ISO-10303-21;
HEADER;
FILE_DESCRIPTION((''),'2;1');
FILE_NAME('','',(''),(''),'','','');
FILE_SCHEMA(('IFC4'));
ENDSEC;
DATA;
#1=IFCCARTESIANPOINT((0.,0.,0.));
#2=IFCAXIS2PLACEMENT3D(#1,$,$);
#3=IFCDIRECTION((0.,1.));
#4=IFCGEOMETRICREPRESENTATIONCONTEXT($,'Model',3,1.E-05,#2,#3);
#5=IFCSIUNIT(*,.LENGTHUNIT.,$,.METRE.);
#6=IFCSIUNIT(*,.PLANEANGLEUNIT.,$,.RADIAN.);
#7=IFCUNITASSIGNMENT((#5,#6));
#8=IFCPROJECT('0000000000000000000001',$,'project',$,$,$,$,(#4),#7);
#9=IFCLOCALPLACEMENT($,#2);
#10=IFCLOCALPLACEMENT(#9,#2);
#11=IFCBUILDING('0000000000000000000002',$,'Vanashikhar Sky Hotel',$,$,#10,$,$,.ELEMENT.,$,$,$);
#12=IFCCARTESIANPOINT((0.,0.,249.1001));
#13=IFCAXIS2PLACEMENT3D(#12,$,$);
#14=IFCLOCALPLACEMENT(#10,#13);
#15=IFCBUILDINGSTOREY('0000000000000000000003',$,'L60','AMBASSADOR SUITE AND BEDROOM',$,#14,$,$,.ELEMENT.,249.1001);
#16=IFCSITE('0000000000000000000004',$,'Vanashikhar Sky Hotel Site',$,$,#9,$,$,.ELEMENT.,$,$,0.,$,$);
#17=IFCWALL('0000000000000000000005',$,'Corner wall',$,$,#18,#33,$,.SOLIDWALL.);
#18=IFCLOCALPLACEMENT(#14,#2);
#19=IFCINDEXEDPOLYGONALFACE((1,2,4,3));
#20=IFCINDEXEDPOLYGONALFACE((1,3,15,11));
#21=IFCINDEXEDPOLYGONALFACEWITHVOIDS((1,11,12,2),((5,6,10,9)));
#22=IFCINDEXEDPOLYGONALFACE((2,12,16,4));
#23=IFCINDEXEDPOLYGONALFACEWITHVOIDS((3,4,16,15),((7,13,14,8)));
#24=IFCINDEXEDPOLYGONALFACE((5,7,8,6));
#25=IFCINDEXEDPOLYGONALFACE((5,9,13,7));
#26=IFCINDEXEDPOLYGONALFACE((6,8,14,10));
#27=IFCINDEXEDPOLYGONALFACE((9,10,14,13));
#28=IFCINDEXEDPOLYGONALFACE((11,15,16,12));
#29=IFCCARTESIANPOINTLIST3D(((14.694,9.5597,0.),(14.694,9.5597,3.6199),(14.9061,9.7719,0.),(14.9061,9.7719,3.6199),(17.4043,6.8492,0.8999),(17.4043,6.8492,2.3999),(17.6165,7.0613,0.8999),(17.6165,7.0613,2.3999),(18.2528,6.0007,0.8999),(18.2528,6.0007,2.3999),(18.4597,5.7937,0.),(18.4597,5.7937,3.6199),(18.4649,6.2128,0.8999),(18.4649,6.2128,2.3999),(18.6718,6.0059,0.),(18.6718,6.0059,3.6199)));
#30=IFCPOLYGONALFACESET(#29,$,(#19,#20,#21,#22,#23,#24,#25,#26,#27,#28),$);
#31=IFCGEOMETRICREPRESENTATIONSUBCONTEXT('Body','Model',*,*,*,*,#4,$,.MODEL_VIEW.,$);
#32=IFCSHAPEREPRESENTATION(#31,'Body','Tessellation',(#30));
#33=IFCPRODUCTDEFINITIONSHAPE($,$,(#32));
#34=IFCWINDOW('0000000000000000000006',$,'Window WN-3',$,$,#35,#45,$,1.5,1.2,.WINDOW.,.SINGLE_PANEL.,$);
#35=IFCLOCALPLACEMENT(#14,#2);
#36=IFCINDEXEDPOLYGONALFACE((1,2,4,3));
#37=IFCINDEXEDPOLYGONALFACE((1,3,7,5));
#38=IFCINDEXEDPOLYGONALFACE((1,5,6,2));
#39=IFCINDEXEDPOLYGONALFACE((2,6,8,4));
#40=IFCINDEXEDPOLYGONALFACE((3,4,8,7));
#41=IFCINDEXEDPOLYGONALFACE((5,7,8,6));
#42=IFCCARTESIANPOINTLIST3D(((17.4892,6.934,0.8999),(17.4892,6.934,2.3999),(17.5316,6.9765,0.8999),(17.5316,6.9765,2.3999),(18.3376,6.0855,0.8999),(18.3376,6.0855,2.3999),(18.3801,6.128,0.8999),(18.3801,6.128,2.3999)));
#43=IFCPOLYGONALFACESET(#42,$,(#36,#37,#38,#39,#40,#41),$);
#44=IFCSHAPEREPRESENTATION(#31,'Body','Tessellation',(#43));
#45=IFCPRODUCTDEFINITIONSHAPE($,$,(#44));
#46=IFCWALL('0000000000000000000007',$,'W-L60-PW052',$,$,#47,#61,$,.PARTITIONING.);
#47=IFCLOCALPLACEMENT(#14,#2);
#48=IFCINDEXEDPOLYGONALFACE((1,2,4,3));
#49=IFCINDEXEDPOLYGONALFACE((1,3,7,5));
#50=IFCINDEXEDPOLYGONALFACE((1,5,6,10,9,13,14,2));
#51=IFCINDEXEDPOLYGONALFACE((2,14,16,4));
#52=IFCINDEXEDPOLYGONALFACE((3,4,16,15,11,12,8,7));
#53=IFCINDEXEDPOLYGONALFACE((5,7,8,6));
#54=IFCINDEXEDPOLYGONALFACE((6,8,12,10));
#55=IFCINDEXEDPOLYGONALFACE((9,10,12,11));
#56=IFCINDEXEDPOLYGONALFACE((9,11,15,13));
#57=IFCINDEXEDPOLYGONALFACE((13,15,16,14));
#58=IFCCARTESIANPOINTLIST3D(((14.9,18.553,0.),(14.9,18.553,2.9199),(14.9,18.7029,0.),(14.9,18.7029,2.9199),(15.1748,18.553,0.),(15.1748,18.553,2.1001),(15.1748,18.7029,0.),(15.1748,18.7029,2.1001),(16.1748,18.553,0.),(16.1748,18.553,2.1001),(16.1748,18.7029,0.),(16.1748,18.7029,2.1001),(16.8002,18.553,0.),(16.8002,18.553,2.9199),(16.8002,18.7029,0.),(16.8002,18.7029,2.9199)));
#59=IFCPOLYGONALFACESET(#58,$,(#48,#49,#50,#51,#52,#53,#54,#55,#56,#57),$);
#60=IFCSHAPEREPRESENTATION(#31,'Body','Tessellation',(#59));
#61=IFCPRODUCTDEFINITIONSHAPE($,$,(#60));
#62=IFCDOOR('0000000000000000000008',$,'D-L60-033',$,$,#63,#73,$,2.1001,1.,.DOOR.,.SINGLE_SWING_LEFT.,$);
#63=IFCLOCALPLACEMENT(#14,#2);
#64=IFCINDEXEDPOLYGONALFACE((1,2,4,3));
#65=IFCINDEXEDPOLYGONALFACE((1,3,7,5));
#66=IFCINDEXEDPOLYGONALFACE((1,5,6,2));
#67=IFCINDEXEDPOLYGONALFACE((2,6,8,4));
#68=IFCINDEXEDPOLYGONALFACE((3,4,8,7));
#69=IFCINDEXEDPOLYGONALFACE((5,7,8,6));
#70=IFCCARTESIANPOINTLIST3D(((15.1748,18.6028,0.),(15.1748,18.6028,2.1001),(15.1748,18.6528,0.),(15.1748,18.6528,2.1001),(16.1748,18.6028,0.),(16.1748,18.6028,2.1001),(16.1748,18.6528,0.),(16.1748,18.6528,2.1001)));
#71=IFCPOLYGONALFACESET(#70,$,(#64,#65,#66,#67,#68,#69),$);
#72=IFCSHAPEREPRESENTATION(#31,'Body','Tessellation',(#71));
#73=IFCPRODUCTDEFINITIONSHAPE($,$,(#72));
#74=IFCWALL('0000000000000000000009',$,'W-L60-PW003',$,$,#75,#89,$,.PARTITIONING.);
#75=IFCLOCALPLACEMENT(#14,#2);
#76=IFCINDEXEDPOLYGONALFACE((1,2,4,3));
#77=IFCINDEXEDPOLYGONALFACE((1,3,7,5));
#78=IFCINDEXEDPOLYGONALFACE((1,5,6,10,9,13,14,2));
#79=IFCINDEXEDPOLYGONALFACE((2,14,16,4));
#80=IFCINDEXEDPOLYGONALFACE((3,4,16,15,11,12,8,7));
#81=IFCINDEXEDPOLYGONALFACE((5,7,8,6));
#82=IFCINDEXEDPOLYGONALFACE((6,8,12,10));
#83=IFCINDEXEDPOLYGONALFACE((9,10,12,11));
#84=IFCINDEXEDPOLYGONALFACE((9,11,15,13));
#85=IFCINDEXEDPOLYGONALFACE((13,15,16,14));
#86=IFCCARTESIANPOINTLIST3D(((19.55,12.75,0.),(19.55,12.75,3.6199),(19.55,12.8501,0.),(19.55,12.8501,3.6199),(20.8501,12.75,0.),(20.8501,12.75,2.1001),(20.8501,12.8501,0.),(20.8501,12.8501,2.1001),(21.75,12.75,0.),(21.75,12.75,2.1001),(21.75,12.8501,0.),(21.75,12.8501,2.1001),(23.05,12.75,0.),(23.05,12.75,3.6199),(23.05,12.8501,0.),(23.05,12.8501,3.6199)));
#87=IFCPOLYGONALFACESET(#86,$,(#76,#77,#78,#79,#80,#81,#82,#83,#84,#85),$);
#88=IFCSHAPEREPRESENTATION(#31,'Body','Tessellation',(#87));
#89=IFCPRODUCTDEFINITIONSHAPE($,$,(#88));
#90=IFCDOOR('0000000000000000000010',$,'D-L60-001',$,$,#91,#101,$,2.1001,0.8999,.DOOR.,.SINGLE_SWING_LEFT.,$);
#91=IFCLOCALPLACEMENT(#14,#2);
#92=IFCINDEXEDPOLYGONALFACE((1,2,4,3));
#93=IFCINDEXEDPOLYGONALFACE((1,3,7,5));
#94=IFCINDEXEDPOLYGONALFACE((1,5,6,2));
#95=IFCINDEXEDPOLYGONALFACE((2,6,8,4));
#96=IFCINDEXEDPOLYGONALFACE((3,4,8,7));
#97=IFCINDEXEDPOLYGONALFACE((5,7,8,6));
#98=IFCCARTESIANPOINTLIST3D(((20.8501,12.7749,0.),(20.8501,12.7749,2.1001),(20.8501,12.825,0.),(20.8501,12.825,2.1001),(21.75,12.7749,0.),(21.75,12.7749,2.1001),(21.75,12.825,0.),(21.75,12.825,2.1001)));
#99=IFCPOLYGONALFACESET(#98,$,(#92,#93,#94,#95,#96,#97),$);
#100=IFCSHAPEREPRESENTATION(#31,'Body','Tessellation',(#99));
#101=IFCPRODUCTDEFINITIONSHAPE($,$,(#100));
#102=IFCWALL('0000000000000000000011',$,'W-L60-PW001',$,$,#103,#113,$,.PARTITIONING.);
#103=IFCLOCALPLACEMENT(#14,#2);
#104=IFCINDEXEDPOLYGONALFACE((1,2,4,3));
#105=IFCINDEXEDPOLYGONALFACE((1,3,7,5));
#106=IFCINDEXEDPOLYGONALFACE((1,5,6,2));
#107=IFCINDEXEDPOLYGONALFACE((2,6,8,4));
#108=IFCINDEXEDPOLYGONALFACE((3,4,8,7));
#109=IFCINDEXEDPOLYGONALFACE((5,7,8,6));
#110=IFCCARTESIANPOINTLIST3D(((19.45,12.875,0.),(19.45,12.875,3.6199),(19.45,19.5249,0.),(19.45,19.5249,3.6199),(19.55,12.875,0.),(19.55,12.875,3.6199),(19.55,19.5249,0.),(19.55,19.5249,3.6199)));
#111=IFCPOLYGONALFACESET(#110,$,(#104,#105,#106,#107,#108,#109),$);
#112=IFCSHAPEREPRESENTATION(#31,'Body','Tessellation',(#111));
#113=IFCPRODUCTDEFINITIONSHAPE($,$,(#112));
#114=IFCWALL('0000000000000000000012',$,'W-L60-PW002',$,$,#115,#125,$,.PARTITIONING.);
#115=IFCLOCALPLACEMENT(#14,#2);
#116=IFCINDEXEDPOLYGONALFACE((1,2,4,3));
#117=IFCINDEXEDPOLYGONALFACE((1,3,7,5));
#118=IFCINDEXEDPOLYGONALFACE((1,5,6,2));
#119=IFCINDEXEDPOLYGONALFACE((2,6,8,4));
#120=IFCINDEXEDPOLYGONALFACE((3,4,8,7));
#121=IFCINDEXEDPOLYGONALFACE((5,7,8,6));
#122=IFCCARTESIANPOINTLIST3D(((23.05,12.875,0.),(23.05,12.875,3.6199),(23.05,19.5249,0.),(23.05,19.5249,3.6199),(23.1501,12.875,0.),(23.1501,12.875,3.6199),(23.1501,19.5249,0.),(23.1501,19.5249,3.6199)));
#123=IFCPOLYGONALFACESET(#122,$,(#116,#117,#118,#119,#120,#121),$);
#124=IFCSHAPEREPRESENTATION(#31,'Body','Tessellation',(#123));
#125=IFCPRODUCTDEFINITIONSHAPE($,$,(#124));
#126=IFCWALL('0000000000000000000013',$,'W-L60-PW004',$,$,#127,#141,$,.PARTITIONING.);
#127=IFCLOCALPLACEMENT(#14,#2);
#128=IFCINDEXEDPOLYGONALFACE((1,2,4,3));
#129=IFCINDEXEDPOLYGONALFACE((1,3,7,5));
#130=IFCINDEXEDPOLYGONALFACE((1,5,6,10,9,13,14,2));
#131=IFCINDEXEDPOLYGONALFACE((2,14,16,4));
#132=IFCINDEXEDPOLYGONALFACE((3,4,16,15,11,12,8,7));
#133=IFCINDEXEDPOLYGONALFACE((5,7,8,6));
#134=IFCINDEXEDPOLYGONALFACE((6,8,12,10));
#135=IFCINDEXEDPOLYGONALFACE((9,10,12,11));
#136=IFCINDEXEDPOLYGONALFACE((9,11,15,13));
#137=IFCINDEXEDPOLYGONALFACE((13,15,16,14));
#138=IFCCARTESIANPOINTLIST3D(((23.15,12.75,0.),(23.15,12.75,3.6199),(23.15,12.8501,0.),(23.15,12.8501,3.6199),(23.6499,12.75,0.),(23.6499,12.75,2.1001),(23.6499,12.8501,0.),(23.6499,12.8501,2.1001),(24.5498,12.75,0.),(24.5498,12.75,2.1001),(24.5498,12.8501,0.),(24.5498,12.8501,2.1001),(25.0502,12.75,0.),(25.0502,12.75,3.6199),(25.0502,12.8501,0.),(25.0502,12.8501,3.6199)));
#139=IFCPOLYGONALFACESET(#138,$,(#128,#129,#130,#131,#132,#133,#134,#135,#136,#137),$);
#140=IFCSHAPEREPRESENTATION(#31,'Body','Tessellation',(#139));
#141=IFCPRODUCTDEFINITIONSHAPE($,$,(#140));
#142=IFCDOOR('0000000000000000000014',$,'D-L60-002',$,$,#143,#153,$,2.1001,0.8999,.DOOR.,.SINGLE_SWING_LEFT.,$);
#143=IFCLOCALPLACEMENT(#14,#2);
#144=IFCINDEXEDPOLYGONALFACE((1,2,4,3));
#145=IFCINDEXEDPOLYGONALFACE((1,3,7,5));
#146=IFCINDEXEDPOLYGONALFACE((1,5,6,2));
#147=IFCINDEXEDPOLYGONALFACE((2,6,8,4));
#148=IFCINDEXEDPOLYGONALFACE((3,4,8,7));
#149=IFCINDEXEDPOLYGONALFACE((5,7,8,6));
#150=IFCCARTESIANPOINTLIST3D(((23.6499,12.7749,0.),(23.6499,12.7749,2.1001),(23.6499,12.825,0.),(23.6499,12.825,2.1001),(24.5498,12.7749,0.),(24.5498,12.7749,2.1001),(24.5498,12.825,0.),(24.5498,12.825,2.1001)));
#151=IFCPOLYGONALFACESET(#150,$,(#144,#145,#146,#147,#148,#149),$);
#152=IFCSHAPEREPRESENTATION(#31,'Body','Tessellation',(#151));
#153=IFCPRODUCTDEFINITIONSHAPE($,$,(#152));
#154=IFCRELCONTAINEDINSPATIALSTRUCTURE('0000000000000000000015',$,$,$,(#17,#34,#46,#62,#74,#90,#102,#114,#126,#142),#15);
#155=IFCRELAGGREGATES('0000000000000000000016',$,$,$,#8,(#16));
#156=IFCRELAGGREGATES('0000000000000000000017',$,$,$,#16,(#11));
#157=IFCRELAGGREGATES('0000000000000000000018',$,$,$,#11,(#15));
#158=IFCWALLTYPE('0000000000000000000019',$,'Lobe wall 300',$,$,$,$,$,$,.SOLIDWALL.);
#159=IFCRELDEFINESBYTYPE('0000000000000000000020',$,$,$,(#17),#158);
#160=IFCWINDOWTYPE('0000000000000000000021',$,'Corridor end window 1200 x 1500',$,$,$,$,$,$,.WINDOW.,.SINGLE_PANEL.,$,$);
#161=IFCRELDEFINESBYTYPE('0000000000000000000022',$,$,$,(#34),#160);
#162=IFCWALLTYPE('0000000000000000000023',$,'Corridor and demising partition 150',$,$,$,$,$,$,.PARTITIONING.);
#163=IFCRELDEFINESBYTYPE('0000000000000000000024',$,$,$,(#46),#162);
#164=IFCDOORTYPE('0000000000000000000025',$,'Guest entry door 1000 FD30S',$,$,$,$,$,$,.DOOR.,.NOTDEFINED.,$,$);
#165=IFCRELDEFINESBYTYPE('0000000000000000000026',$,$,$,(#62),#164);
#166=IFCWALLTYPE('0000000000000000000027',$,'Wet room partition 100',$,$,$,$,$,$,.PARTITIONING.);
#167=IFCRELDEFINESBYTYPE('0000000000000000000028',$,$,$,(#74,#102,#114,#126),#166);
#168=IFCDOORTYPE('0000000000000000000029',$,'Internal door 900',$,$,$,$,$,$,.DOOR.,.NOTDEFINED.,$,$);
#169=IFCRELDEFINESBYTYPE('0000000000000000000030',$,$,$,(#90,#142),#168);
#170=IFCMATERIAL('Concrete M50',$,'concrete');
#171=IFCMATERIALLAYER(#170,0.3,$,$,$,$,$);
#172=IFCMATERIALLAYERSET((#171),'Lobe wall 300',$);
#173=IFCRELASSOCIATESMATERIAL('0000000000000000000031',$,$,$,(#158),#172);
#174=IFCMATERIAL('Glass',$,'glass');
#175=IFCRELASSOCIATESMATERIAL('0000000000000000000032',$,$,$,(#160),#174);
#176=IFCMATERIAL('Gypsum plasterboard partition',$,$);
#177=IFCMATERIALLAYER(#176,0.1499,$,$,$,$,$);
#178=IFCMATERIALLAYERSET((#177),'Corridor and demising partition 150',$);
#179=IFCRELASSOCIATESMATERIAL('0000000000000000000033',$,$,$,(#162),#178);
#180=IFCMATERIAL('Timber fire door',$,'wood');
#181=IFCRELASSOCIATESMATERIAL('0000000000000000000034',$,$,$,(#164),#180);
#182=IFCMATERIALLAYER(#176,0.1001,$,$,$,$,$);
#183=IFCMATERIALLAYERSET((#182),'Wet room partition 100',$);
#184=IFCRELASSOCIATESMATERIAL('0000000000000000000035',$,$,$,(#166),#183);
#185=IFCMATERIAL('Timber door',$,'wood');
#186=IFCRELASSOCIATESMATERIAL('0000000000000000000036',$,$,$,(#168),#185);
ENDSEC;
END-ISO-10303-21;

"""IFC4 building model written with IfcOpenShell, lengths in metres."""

from ifc_helpers import new_model, si_unit, direction, frame, frame_2d, origin, place, context, subcontext, project, spatial, rectangle, extrude, source, transform, mapped, material, layer, layer_set, type_object, element, fill, save


model = new_model("IFC4")

# Units and contexts
model_context = context("Model", 3, precision=1e-05, world=origin(), true_north=direction((0.0, 1.0)))
body_context = subcontext(model_context, "Body", "Model", "MODEL_VIEW")
ifc_project = project(units=[si_unit("LENGTHUNIT", "METRE"), si_unit("PLANEANGLEUNIT", "RADIAN")], contexts=[model_context])

# Site, building, storey
site_placement = place(None, origin())
site = spatial("IfcSite", under=ifc_project, at=site_placement, Name="Vanashikhar Sky Hotel Site", CompositionType="ELEMENT", RefElevation=0.0)
building_placement = place(site_placement, origin())
building = spatial("IfcBuilding", under=site, at=building_placement, Name="Vanashikhar Sky Hotel", CompositionType="ELEMENT")
storey_placement = place(building_placement, frame((0.0, 0.0, 249.1001)))
storey = spatial("IfcBuildingStorey", under=building, at=storey_placement, Name="L60", Description="AMBASSADOR SUITE AND BEDROOM", CompositionType="ELEMENT", Elevation=249.1001)

# Shared definitions
ifc_material_1 = material(Name="Concrete M50", Category="concrete")

# Shared definitions
ifc_material_2 = material(Name="Glass", Category="glass")

# Wall, opening, window
ifc_layer_1 = layer(ifc_material_1, 0.3)
ifc_layer_set_1 = layer_set([ifc_layer_1], Name="Lobe wall 300")
wall_type_1 = type_object("IfcWallType", Name="Lobe wall 300", PredefinedType="SOLIDWALL", material=ifc_layer_set_1)
shared_shape_1 = source(origin(), body_context, "Body", "SweptSolid", [
    extrude(rectangle(XDim=5.3257, YDim=0.3, at=frame_2d((2.6628, 0.0))), origin(), (0.0, 0.0, 1.0), 3.6199),
])
wall_1_placement = place(storey_placement, frame((14.8, 9.6658, 0.0), z_axis=(0.0, 0.0, 1.0), x_axis=(0.707084, -0.70713, 0.0)))
wall_1 = element("IfcWall", 1, at=wall_1_placement, inside=storey, type_object=wall_type_1, Name="Corner wall", PredefinedType="SOLIDWALL", context=body_context, shape_type="MappedRepresentation", body=[
    mapped(shared_shape_1, transform((0.0, 0.0, 0.0), scale=1.0)),
])
shared_shape_2 = source(origin(), body_context, "Body", "SweptSolid", [
    extrude(rectangle(XDim=1.2, YDim=1.5, at=frame_2d((0.6001, 0.75))), frame((0.0, 0.1602, 0.0), z_axis=(0.0, -1.0, 0.0), x_axis=(1.0, 0.0, 0.0)), (0.0, 0.0, 1.0), 0.3201),
])
opening_1_placement = place(wall_1_placement, frame((3.833, 0.0, 0.8999)))
opening_1 = element("IfcOpeningElement", 2, at=opening_1_placement, cuts=wall_1, PredefinedType="OPENING", context=body_context, shape_type="MappedRepresentation", body=[
    mapped(shared_shape_2, transform((0.0, 0.0, 0.0), scale=1.0)),
])
window_type_1 = type_object("IfcWindowType", Name="Corridor end window 1200 x 1500", PartitioningType="SINGLE_PANEL", PredefinedType="WINDOW", material=ifc_material_2)
shared_shape_3 = source(origin(), body_context, "Body", "SweptSolid", [
    extrude(rectangle(XDim=1.2, YDim=1.5, at=frame_2d((0.6001, 0.75))), frame((0.0, 0.03, 0.0), z_axis=(0.0, -1.0, 0.0), x_axis=(1.0, 0.0, 0.0)), (0.0, 0.0, 1.0), 0.0601),
])
window_1_placement = place(opening_1_placement, origin())
window_1 = element("IfcWindow", 3, at=window_1_placement, inside=storey, type_object=window_type_1, Name="Window WN-3", OverallHeight=1.5, OverallWidth=1.2, PartitioningType="SINGLE_PANEL", PredefinedType="WINDOW", context=body_context, shape_type="MappedRepresentation", body=[
    mapped(shared_shape_3, transform((0.0, 0.0, 0.0), scale=1.0)),
])
fill(opening_1, window_1)

# Walls, openings, doors
ifc_material_3 = material(Name="Gypsum plasterboard partition")
ifc_layer_2 = layer(ifc_material_3, 0.1499)
ifc_layer_set_2 = layer_set([ifc_layer_2], Name="Corridor and demising partition 150")
wall_type_2 = type_object("IfcWallType", Name="Corridor and demising partition 150", PredefinedType="PARTITIONING", material=ifc_layer_set_2)
shared_shape_4 = source(origin(), body_context, "Body", "SweptSolid", [
    extrude(rectangle(XDim=1.9001, YDim=0.1499, at=frame_2d((0.9502, 0.0))), origin(), (0.0, 0.0, 1.0), 2.9199),
])
wall_2_placement = place(storey_placement, frame((14.8999, 18.6279, 0.0), z_axis=(0.0, 0.0, 1.0), x_axis=(1.0, 0.0, 0.0)))
wall_2 = element("IfcWall", 4, at=wall_2_placement, inside=storey, type_object=wall_type_2, Name="W-L60-PW052", PredefinedType="PARTITIONING", context=body_context, shape_type="MappedRepresentation", body=[
    mapped(shared_shape_4, transform((0.0, 0.0, 0.0), scale=1.0)),
])
shared_shape_5 = source(origin(), body_context, "Body", "SweptSolid", [
    extrude(rectangle(XDim=1.0, YDim=2.1001, at=frame_2d((0.5, 1.05))), frame((0.0, 0.085, 0.0), z_axis=(0.0, -1.0, 0.0), x_axis=(1.0, 0.0, 0.0)), (0.0, 0.0, 1.0), 0.1699),
])
opening_2_placement = place(wall_2_placement, frame((0.2749, 0.0, 0.0)))
opening_2 = element("IfcOpeningElement", 5, at=opening_2_placement, cuts=wall_2, PredefinedType="OPENING", context=body_context, shape_type="MappedRepresentation", body=[
    mapped(shared_shape_5, transform((0.0, 0.0, 0.0), scale=1.0)),
])
ifc_material_4 = material(Name="Timber fire door", Category="wood")
door_type_1 = type_object("IfcDoorType", Name="Guest entry door 1000 FD30S", OperationType="NOTDEFINED", PredefinedType="DOOR", material=ifc_material_4)
shared_shape_6 = source(origin(), body_context, "Body", "SweptSolid", [
    extrude(rectangle(XDim=1.0, YDim=2.1001, at=frame_2d((0.5, 1.05))), frame((0.0, 0.0249, 0.0), z_axis=(0.0, -1.0, 0.0), x_axis=(1.0, 0.0, 0.0)), (0.0, 0.0, 1.0), 0.05),
])
door_1_placement = place(opening_2_placement, origin())
door_1 = element("IfcDoor", 6, at=door_1_placement, inside=storey, type_object=door_type_1, Name="D-L60-033", OperationType="SINGLE_SWING_LEFT", OverallHeight=2.1001, OverallWidth=1.0, PredefinedType="DOOR", context=body_context, shape_type="MappedRepresentation", body=[
    mapped(shared_shape_6, transform((0.0, 0.0, 0.0), scale=1.0)),
])
fill(opening_2, door_1)
ifc_layer_3 = layer(ifc_material_3, 0.1001)
ifc_layer_set_3 = layer_set([ifc_layer_3], Name="Wet room partition 100")
wall_type_3 = type_object("IfcWallType", Name="Wet room partition 100", PredefinedType="PARTITIONING", material=ifc_layer_set_3)
shared_shape_7 = source(origin(), body_context, "Body", "SweptSolid", [
    extrude(rectangle(XDim=3.5, YDim=0.1001, at=frame_2d((1.75, 0.0))), origin(), (0.0, 0.0, 1.0), 3.6199),
])
wall_3_placement = place(storey_placement, frame((19.55, 12.8, 0.0), z_axis=(0.0, 0.0, 1.0), x_axis=(1.0, 0.0, 0.0)))
wall_3 = element("IfcWall", 7, at=wall_3_placement, inside=storey, type_object=wall_type_3, Name="W-L60-PW003", PredefinedType="PARTITIONING", context=body_context, shape_type="MappedRepresentation", body=[
    mapped(shared_shape_7, transform((0.0, 0.0, 0.0), scale=1.0)),
])
shared_shape_8 = source(origin(), body_context, "Body", "SweptSolid", [
    extrude(rectangle(XDim=0.8999, YDim=2.1001, at=frame_2d((0.45, 1.05))), frame((0.0, 0.0601, 0.0), z_axis=(0.0, -1.0, 0.0), x_axis=(1.0, 0.0, 0.0)), (0.0, 0.0, 1.0), 0.1201),
])
opening_3_placement = place(wall_3_placement, frame((1.3, 0.0, 0.0)))
opening_3 = element("IfcOpeningElement", 8, at=opening_3_placement, cuts=wall_3, PredefinedType="OPENING", context=body_context, shape_type="MappedRepresentation", body=[
    mapped(shared_shape_8, transform((0.0, 0.0, 0.0), scale=1.0)),
])
ifc_material_5 = material(Name="Timber door", Category="wood")
door_type_2 = type_object("IfcDoorType", Name="Internal door 900", OperationType="NOTDEFINED", PredefinedType="DOOR", material=ifc_material_5)
shared_shape_9 = source(origin(), body_context, "Body", "SweptSolid", [
    extrude(rectangle(XDim=0.8999, YDim=2.1001, at=frame_2d((0.45, 1.05))), frame((0.0, 0.0249, 0.0), z_axis=(0.0, -1.0, 0.0), x_axis=(1.0, 0.0, 0.0)), (0.0, 0.0, 1.0), 0.05),
])
door_2_placement = place(opening_3_placement, origin())
door_2 = element("IfcDoor", 9, at=door_2_placement, inside=storey, type_object=door_type_2, Name="D-L60-001", OperationType="SINGLE_SWING_LEFT", OverallHeight=2.1001, OverallWidth=0.8999, PredefinedType="DOOR", context=body_context, shape_type="MappedRepresentation", body=[
    mapped(shared_shape_9, transform((0.0, 0.0, 0.0), scale=1.0)),
])
fill(opening_3, door_2)

# Walls
shared_shape_10 = source(origin(), body_context, "Body", "SweptSolid", [
    extrude(rectangle(XDim=6.6499, YDim=0.1001, at=frame_2d((3.325, 0.0))), origin(), (0.0, 0.0, 1.0), 3.6199),
])
for number, where, z_axis, x_axis, name in (
    (10, (19.5, 12.875, 0.0), (0.0, 0.0, 1.0), (0.0, 1.0, 0.0), "W-L60-PW001"),
    (11, (23.1001, 12.875, 0.0), (0.0, 0.0, 1.0), (0.0, 1.0, 0.0), "W-L60-PW002"),
):
    element("IfcWall", number, at=place(storey_placement, frame(where, z_axis=z_axis, x_axis=x_axis)), inside=storey, type_object=wall_type_3, Name=name, PredefinedType="PARTITIONING", context=body_context, shape_type="MappedRepresentation", body=[
        mapped(shared_shape_10, transform((0.0, 0.0, 0.0), scale=1.0)),
    ])

# Wall, opening, door
shared_shape_11 = source(origin(), body_context, "Body", "SweptSolid", [
    extrude(rectangle(XDim=1.9001, YDim=0.1001, at=frame_2d((0.9502, 0.0))), origin(), (0.0, 0.0, 1.0), 3.6199),
])
wall_4_placement = place(storey_placement, frame((23.1499, 12.8, 0.0), z_axis=(0.0, 0.0, 1.0), x_axis=(1.0, 0.0, 0.0)))
wall_4 = element("IfcWall", 12, at=wall_4_placement, inside=storey, type_object=wall_type_3, Name="W-L60-PW004", PredefinedType="PARTITIONING", context=body_context, shape_type="MappedRepresentation", body=[
    mapped(shared_shape_11, transform((0.0, 0.0, 0.0), scale=1.0)),
])
opening_4_placement = place(wall_4_placement, frame((0.5, 0.0, 0.0)))
opening_4 = element("IfcOpeningElement", 13, at=opening_4_placement, cuts=wall_4, PredefinedType="OPENING", context=body_context, shape_type="MappedRepresentation", body=[
    mapped(shared_shape_8, transform((0.0, 0.0, 0.0), scale=1.0)),
])
door_3_placement = place(opening_4_placement, origin())
door_3 = element("IfcDoor", 14, at=door_3_placement, inside=storey, type_object=door_type_2, Name="D-L60-002", OperationType="SINGLE_SWING_LEFT", OverallHeight=2.1001, OverallWidth=0.8999, PredefinedType="DOOR", context=body_context, shape_type="MappedRepresentation", body=[
    mapped(shared_shape_9, transform((0.0, 0.0, 0.0), scale=1.0)),
])
fill(opening_4, door_3)

save(model, "model.ifc")
